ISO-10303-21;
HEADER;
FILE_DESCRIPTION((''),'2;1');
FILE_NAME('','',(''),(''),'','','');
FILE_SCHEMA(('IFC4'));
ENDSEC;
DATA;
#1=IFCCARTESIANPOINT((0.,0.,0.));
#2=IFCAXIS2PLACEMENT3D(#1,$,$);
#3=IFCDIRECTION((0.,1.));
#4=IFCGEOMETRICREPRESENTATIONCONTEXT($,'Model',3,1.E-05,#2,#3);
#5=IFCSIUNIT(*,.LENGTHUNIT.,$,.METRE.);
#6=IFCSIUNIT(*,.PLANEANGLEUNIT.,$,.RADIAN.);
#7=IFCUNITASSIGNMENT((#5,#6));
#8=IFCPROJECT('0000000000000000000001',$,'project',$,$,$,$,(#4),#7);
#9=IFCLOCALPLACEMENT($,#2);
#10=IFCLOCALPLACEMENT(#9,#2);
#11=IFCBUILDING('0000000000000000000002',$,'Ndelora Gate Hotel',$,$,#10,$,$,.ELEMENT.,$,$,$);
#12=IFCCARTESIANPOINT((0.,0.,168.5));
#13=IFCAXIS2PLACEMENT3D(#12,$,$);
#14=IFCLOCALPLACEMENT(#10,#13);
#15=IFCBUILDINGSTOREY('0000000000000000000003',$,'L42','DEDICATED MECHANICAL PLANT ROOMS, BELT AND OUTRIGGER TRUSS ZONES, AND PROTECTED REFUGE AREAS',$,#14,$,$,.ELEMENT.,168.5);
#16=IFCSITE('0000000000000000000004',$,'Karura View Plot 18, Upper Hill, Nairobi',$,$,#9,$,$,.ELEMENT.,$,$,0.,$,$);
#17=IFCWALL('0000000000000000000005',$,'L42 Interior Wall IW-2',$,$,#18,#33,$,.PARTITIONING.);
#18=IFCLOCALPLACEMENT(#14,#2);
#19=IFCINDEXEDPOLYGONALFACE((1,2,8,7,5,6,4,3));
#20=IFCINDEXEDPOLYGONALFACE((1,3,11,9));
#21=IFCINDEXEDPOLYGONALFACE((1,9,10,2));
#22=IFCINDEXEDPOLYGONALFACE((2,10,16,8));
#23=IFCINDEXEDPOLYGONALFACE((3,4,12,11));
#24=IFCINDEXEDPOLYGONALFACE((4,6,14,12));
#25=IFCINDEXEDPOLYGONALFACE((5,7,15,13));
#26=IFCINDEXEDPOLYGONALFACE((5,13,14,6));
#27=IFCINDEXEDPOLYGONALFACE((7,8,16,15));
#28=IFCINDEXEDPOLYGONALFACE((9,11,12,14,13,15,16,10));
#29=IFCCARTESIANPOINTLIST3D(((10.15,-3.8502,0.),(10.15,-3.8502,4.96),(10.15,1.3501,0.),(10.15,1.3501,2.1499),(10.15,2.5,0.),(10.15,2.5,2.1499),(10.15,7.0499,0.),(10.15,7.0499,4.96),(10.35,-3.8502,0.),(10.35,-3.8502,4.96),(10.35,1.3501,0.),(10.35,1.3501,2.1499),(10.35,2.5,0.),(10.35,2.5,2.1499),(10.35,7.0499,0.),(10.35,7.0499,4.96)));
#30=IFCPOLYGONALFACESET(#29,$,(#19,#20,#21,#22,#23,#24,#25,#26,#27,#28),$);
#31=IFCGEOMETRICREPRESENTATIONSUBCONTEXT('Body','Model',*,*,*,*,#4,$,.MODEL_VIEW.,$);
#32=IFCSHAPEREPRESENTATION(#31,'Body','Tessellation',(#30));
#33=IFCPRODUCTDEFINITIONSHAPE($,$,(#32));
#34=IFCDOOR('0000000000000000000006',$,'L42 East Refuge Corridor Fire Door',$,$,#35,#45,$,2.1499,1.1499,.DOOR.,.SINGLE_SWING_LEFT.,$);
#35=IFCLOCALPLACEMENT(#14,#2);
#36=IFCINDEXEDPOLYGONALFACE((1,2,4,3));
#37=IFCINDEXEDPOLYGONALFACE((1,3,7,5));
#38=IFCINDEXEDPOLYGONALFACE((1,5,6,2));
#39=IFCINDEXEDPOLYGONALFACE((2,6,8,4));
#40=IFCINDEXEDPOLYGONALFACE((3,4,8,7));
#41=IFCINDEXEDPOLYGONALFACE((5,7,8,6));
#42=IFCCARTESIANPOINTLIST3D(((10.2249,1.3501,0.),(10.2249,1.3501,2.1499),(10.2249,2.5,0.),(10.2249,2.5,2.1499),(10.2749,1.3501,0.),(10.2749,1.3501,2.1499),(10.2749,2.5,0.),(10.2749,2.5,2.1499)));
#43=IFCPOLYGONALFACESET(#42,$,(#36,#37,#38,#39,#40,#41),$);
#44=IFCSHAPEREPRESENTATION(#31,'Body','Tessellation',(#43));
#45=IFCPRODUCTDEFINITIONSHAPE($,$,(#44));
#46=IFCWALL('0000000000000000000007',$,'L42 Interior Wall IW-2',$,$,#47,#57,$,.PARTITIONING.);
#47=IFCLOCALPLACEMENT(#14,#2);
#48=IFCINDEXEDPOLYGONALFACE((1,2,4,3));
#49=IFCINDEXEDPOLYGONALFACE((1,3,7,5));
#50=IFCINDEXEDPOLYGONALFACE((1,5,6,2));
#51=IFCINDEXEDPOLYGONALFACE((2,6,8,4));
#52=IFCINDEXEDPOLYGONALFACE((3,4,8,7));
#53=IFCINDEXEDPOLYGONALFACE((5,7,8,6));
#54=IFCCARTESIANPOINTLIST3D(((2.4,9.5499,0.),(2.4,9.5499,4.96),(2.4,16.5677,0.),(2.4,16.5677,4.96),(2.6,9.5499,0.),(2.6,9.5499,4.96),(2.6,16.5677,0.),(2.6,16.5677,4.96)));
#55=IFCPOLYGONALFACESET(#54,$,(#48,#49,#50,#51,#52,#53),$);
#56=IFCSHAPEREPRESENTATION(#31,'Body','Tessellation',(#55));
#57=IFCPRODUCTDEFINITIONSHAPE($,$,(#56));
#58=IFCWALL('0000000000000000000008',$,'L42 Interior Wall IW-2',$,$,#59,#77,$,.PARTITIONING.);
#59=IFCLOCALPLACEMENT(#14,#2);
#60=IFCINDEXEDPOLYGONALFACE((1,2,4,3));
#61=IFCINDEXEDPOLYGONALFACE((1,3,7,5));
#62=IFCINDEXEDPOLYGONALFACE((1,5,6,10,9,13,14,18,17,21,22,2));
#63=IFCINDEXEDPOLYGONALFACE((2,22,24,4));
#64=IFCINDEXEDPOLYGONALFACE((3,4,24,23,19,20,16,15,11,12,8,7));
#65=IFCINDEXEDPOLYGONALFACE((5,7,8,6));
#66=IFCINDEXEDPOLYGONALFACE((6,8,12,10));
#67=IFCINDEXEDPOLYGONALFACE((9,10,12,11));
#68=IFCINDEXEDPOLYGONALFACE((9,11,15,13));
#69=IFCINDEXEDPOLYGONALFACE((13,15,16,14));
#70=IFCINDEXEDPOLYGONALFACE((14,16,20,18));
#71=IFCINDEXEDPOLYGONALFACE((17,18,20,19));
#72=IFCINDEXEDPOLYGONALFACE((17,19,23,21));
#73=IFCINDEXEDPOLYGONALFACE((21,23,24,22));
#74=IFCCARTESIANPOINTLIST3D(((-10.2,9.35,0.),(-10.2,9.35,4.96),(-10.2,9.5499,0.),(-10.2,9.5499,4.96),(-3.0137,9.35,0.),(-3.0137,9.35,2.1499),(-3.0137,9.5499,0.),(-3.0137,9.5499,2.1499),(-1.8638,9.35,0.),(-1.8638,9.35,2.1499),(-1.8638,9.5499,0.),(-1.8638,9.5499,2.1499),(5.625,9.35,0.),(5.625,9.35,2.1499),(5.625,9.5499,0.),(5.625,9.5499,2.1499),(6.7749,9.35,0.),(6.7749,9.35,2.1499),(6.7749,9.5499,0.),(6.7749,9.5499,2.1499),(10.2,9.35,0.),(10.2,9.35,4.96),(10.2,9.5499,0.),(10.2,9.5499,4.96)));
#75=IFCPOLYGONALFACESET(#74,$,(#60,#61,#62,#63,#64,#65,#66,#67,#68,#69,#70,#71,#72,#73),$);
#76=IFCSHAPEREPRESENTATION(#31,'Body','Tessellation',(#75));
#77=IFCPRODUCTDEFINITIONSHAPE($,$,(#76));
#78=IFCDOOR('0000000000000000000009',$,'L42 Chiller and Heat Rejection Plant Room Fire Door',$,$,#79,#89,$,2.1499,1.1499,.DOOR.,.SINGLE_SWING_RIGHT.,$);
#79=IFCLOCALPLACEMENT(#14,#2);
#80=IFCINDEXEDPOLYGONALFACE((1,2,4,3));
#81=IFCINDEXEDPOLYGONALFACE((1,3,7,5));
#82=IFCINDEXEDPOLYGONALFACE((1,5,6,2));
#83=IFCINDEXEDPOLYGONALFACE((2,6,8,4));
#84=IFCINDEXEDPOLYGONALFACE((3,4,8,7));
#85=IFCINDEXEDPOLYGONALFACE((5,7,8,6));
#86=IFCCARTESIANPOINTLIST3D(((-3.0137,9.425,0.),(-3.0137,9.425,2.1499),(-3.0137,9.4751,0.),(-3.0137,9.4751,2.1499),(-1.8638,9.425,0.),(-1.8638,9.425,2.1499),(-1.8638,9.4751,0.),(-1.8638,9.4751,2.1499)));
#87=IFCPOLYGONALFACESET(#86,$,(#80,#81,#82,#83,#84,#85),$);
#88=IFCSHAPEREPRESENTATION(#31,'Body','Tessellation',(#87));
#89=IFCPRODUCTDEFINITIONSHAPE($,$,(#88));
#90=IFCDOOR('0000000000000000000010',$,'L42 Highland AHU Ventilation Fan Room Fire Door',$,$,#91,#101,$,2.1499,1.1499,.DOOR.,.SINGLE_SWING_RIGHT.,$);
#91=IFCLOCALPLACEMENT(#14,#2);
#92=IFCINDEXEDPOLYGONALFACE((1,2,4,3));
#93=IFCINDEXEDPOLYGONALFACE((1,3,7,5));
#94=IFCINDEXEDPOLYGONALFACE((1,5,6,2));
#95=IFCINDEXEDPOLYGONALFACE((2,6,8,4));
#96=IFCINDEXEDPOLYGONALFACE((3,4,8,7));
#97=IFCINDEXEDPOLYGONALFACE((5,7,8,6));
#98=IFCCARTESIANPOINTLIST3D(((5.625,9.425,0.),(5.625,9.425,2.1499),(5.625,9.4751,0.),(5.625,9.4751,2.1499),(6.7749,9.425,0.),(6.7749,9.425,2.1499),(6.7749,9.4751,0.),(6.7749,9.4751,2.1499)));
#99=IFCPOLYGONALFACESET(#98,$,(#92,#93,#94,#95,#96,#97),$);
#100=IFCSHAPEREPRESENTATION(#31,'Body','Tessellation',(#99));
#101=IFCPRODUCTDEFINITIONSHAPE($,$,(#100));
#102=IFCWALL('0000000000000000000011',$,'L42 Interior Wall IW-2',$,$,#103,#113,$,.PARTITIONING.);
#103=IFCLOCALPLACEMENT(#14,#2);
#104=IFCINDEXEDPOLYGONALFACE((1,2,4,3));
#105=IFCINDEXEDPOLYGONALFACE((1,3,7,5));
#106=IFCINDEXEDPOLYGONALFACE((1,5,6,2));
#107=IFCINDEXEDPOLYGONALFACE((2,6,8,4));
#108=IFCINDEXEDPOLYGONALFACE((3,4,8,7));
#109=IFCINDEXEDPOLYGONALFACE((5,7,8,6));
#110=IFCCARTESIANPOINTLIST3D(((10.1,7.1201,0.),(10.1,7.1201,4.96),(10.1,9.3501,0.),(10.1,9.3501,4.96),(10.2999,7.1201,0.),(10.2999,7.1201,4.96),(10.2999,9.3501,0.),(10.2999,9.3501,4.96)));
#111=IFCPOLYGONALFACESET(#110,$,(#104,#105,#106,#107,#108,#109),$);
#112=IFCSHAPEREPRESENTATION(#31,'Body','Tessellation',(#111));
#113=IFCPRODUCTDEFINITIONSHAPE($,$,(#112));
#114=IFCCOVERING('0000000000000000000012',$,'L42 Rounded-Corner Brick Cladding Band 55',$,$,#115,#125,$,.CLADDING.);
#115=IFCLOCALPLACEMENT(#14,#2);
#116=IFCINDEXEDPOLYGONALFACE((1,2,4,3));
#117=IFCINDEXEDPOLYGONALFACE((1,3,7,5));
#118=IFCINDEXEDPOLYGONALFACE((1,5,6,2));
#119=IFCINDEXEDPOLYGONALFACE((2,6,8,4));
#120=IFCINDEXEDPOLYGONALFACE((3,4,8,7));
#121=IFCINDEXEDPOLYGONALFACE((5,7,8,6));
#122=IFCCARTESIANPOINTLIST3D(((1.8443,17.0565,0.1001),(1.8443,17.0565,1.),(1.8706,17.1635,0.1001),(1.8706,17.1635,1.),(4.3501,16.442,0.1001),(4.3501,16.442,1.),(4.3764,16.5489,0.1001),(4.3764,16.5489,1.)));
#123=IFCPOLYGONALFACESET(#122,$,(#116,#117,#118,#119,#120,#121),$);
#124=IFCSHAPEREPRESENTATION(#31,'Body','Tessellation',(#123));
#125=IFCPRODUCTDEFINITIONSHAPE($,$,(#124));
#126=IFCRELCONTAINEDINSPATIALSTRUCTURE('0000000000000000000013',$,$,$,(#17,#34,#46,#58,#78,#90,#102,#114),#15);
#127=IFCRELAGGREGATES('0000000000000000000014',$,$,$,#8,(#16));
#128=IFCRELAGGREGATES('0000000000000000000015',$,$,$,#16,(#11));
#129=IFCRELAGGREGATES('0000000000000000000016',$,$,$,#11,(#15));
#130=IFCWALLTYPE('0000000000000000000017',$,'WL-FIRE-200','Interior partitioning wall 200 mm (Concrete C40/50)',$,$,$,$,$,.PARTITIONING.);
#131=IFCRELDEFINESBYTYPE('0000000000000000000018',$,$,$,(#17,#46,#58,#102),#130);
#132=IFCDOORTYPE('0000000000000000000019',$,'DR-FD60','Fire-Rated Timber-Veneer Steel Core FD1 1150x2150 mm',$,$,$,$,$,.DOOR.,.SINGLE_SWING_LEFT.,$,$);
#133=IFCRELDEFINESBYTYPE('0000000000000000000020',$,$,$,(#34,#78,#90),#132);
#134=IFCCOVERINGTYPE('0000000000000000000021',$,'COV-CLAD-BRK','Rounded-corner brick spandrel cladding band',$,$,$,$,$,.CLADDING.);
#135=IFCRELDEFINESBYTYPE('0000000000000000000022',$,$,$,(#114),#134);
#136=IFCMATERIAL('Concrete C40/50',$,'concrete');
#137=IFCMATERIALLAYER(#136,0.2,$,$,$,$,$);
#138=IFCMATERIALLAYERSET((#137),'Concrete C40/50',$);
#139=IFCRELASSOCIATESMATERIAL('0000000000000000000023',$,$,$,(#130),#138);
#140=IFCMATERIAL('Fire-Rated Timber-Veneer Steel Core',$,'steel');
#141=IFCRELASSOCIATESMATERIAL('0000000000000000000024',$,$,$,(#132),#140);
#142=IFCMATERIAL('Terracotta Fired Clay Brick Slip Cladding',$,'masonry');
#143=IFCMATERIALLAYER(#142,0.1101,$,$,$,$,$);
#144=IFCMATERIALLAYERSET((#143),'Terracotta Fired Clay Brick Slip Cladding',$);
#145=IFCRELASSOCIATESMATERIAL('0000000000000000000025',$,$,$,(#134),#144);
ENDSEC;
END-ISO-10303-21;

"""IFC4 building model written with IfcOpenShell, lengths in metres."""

from ifc_helpers import new_model, si_unit, direction, frame, frame_2d, origin, origin_2d, place, context, subcontext, project, spatial, rectangle, extrude, material, layer, layer_set, type_object, element, fill, save


model = new_model("IFC4")

# Units and contexts
model_context = context("Model", 3, precision=1e-05, world=origin(), true_north=direction((0.0, 1.0)))
body_context = subcontext(model_context, "Body", "Model", "MODEL_VIEW")
ifc_project = project(units=[si_unit("LENGTHUNIT", "METRE"), si_unit("PLANEANGLEUNIT", "RADIAN")], contexts=[model_context])

# Site, building, storey
site_placement = place(None, origin())
site = spatial("IfcSite", under=ifc_project, at=site_placement, Name="Karura View Plot 18, Upper Hill, Nairobi", CompositionType="ELEMENT", RefElevation=0.0)
building_placement = place(site_placement, origin())
building = spatial("IfcBuilding", under=site, at=building_placement, Name="Ndelora Gate Hotel", CompositionType="ELEMENT")
storey_placement = place(building_placement, frame((0.0, 0.0, 168.5)))
storey = spatial("IfcBuildingStorey", under=building, at=storey_placement, Name="L42", Description="DEDICATED MECHANICAL PLANT ROOMS, BELT AND OUTRIGGER TRUSS ZONES, AND PROTECTED REFUGE AREAS", CompositionType="ELEMENT", Elevation=168.5)

# Wall, opening, door
ifc_material_1 = material(Name="Concrete C40/50", Category="concrete")
ifc_layer_1 = layer(ifc_material_1, 0.2)
ifc_layer_set_1 = layer_set([ifc_layer_1], Name="Concrete C40/50")
wall_type_1 = type_object("IfcWallType", Name="WL-FIRE-200", Description="Interior partitioning wall 200 mm (Concrete C40/50)", PredefinedType="PARTITIONING", material=ifc_layer_set_1)
wall_1_placement = place(storey_placement, frame((10.25, 7.05, 0.0), z_axis=(0.0, 0.0, 1.0), x_axis=(0.0, -1.0, 0.0)))
wall_1 = element("IfcWall", 1, at=wall_1_placement, inside=storey, type_object=wall_type_1, Name="L42 Interior Wall IW-2", PredefinedType="PARTITIONING", context=body_context, shape_type="SweptSolid", body=[
    extrude(rectangle(XDim=10.9001, YDim=0.2, at=frame_2d((5.4502, 0.0))), origin(), (0.0, 0.0, 1.0), 4.96),
])
opening_1_placement = place(wall_1_placement, frame((4.55, 0.0, 0.0)))
opening_1 = element("IfcOpeningElement", 2, at=opening_1_placement, cuts=wall_1, PredefinedType="OPENING", context=body_context, shape_type="SweptSolid", body=[
    extrude(rectangle(XDim=1.1499, YDim=2.1499, at=frame_2d((0.575, 1.075))), frame((0.0, 0.1099, 0.0), z_axis=(0.0, -1.0, 0.0), x_axis=(1.0, 0.0, 0.0)), (0.0, 0.0, 1.0), 0.22),
])
ifc_material_2 = material(Name="Fire-Rated Timber-Veneer Steel Core", Category="steel")
door_type = type_object("IfcDoorType", Name="DR-FD60", Description="Fire-Rated Timber-Veneer Steel Core FD1 1150x2150 mm", OperationType="SINGLE_SWING_LEFT", PredefinedType="DOOR", material=ifc_material_2)
door_1_placement = place(opening_1_placement, origin())
door_1 = element("IfcDoor", 3, at=door_1_placement, inside=storey, type_object=door_type, Name="L42 East Refuge Corridor Fire Door", OperationType="SINGLE_SWING_LEFT", OverallHeight=2.1499, OverallWidth=1.1499, PredefinedType="DOOR", context=body_context, shape_type="SweptSolid", body=[
    extrude(rectangle(XDim=1.1499, YDim=2.1499, at=frame_2d((0.575, 1.075))), frame((0.0, 0.0249, 0.0), z_axis=(0.0, -1.0, 0.0), x_axis=(1.0, 0.0, 0.0)), (0.0, 0.0, 1.0), 0.05),
])
fill(opening_1, door_1)

# Wall
wall_2_placement = place(storey_placement, frame((2.5, 9.55, 0.0), z_axis=(0.0, 0.0, 1.0), x_axis=(0.0, 1.0, 0.0)))
element("IfcWall", 4, at=wall_2_placement, inside=storey, type_object=wall_type_1, Name="L42 Interior Wall IW-2", PredefinedType="PARTITIONING", context=body_context, shape_type="SweptSolid", body=[
    extrude(rectangle(XDim=7.0178, YDim=0.2, at=frame_2d((3.5088, 0.0))), origin(), (0.0, 0.0, 1.0), 4.96),
])

# Wall, openings, doors
wall_3_placement = place(storey_placement, frame((10.2, 9.45, 0.0), z_axis=(0.0, 0.0, 1.0), x_axis=(-1.0, 0.0, 0.0)))
wall_3 = element("IfcWall", 5, at=wall_3_placement, inside=storey, type_object=wall_type_1, Name="L42 Interior Wall IW-2", PredefinedType="PARTITIONING", context=body_context, shape_type="SweptSolid", body=[
    extrude(rectangle(XDim=20.3999, YDim=0.2, at=frame_2d((10.2, 0.0))), origin(), (0.0, 0.0, 1.0), 4.96),
])
opening_2_placement = place(wall_3_placement, frame((12.0637, 0.0, 0.0)))
opening_2 = element("IfcOpeningElement", 6, at=opening_2_placement, cuts=wall_3, PredefinedType="OPENING", context=body_context, shape_type="SweptSolid", body=[
    extrude(rectangle(XDim=1.1499, YDim=2.1499, at=frame_2d((0.575, 1.075))), frame((0.0, 0.1099, 0.0), z_axis=(0.0, -1.0, 0.0), x_axis=(1.0, 0.0, 0.0)), (0.0, 0.0, 1.0), 0.22),
])
opening_3_placement = place(wall_3_placement, frame((3.425, 0.0, 0.0)))
opening_3 = element("IfcOpeningElement", 7, at=opening_3_placement, cuts=wall_3, PredefinedType="OPENING", context=body_context, shape_type="SweptSolid", body=[
    extrude(rectangle(XDim=1.1499, YDim=2.1499, at=frame_2d((0.575, 1.075))), frame((0.0, 0.1099, 0.0), z_axis=(0.0, -1.0, 0.0), x_axis=(1.0, 0.0, 0.0)), (0.0, 0.0, 1.0), 0.22),
])
door_2_placement = place(opening_2_placement, origin())
door_2 = element("IfcDoor", 8, at=door_2_placement, inside=storey, type_object=door_type, Name="L42 Chiller and Heat Rejection Plant Room Fire Door", OperationType="SINGLE_SWING_RIGHT", OverallHeight=2.1499, OverallWidth=1.1499, PredefinedType="DOOR", context=body_context, shape_type="SweptSolid", body=[
    extrude(rectangle(XDim=1.1499, YDim=2.1499, at=frame_2d((0.575, 1.075))), frame((0.0, 0.0249, 0.0), z_axis=(0.0, -1.0, 0.0), x_axis=(1.0, 0.0, 0.0)), (0.0, 0.0, 1.0), 0.05),
])
fill(opening_2, door_2)
door_3_placement = place(opening_3_placement, origin())
door_3 = element("IfcDoor", 9, at=door_3_placement, inside=storey, type_object=door_type, Name="L42 Highland AHU Ventilation Fan Room Fire Door", OperationType="SINGLE_SWING_RIGHT", OverallHeight=2.1499, OverallWidth=1.1499, PredefinedType="DOOR", context=body_context, shape_type="SweptSolid", body=[
    extrude(rectangle(XDim=1.1499, YDim=2.1499, at=frame_2d((0.575, 1.075))), frame((0.0, 0.0249, 0.0), z_axis=(0.0, -1.0, 0.0), x_axis=(1.0, 0.0, 0.0)), (0.0, 0.0, 1.0), 0.05),
])
fill(opening_3, door_3)

# Wall
wall_4_placement = place(storey_placement, frame((10.2, 7.1201, 0.0), z_axis=(0.0, 0.0, 1.0), x_axis=(0.0, 1.0, 0.0)))
element("IfcWall", 10, at=wall_4_placement, inside=storey, type_object=wall_type_1, Name="L42 Interior Wall IW-2", PredefinedType="PARTITIONING", context=body_context, shape_type="SweptSolid", body=[
    extrude(rectangle(XDim=2.23, YDim=0.2, at=frame_2d((1.115, 0.0))), origin(), (0.0, 0.0, 1.0), 4.96),
])

# Covering
ifc_material_3 = material(Name="Terracotta Fired Clay Brick Slip Cladding", Category="masonry")
ifc_layer_2 = layer(ifc_material_3, 0.1101)
ifc_layer_set_2 = layer_set([ifc_layer_2], Name="Terracotta Fired Clay Brick Slip Cladding")
covering_type = type_object("IfcCoveringType", Name="COV-CLAD-BRK", Description="Rounded-corner brick spandrel cladding band", PredefinedType="CLADDING", material=ifc_layer_set_2)
covering_placement = place(storey_placement, frame((3.1104, 16.8027, 0.1001), z_axis=(0.0, 0.0, 1.0), x_axis=(-0.971217, 0.238194, 0.0)))
element("IfcCovering", 11, at=covering_placement, inside=storey, type_object=covering_type, Name="L42 Rounded-Corner Brick Cladding Band 55", PredefinedType="CLADDING", context=body_context, shape_type="SweptSolid", body=[
    extrude(rectangle(XDim=2.5801, YDim=0.1101, at=origin_2d()), origin(), (0.0, 0.0, 1.0), 0.8999),
])

save(model, "model.ifc")
